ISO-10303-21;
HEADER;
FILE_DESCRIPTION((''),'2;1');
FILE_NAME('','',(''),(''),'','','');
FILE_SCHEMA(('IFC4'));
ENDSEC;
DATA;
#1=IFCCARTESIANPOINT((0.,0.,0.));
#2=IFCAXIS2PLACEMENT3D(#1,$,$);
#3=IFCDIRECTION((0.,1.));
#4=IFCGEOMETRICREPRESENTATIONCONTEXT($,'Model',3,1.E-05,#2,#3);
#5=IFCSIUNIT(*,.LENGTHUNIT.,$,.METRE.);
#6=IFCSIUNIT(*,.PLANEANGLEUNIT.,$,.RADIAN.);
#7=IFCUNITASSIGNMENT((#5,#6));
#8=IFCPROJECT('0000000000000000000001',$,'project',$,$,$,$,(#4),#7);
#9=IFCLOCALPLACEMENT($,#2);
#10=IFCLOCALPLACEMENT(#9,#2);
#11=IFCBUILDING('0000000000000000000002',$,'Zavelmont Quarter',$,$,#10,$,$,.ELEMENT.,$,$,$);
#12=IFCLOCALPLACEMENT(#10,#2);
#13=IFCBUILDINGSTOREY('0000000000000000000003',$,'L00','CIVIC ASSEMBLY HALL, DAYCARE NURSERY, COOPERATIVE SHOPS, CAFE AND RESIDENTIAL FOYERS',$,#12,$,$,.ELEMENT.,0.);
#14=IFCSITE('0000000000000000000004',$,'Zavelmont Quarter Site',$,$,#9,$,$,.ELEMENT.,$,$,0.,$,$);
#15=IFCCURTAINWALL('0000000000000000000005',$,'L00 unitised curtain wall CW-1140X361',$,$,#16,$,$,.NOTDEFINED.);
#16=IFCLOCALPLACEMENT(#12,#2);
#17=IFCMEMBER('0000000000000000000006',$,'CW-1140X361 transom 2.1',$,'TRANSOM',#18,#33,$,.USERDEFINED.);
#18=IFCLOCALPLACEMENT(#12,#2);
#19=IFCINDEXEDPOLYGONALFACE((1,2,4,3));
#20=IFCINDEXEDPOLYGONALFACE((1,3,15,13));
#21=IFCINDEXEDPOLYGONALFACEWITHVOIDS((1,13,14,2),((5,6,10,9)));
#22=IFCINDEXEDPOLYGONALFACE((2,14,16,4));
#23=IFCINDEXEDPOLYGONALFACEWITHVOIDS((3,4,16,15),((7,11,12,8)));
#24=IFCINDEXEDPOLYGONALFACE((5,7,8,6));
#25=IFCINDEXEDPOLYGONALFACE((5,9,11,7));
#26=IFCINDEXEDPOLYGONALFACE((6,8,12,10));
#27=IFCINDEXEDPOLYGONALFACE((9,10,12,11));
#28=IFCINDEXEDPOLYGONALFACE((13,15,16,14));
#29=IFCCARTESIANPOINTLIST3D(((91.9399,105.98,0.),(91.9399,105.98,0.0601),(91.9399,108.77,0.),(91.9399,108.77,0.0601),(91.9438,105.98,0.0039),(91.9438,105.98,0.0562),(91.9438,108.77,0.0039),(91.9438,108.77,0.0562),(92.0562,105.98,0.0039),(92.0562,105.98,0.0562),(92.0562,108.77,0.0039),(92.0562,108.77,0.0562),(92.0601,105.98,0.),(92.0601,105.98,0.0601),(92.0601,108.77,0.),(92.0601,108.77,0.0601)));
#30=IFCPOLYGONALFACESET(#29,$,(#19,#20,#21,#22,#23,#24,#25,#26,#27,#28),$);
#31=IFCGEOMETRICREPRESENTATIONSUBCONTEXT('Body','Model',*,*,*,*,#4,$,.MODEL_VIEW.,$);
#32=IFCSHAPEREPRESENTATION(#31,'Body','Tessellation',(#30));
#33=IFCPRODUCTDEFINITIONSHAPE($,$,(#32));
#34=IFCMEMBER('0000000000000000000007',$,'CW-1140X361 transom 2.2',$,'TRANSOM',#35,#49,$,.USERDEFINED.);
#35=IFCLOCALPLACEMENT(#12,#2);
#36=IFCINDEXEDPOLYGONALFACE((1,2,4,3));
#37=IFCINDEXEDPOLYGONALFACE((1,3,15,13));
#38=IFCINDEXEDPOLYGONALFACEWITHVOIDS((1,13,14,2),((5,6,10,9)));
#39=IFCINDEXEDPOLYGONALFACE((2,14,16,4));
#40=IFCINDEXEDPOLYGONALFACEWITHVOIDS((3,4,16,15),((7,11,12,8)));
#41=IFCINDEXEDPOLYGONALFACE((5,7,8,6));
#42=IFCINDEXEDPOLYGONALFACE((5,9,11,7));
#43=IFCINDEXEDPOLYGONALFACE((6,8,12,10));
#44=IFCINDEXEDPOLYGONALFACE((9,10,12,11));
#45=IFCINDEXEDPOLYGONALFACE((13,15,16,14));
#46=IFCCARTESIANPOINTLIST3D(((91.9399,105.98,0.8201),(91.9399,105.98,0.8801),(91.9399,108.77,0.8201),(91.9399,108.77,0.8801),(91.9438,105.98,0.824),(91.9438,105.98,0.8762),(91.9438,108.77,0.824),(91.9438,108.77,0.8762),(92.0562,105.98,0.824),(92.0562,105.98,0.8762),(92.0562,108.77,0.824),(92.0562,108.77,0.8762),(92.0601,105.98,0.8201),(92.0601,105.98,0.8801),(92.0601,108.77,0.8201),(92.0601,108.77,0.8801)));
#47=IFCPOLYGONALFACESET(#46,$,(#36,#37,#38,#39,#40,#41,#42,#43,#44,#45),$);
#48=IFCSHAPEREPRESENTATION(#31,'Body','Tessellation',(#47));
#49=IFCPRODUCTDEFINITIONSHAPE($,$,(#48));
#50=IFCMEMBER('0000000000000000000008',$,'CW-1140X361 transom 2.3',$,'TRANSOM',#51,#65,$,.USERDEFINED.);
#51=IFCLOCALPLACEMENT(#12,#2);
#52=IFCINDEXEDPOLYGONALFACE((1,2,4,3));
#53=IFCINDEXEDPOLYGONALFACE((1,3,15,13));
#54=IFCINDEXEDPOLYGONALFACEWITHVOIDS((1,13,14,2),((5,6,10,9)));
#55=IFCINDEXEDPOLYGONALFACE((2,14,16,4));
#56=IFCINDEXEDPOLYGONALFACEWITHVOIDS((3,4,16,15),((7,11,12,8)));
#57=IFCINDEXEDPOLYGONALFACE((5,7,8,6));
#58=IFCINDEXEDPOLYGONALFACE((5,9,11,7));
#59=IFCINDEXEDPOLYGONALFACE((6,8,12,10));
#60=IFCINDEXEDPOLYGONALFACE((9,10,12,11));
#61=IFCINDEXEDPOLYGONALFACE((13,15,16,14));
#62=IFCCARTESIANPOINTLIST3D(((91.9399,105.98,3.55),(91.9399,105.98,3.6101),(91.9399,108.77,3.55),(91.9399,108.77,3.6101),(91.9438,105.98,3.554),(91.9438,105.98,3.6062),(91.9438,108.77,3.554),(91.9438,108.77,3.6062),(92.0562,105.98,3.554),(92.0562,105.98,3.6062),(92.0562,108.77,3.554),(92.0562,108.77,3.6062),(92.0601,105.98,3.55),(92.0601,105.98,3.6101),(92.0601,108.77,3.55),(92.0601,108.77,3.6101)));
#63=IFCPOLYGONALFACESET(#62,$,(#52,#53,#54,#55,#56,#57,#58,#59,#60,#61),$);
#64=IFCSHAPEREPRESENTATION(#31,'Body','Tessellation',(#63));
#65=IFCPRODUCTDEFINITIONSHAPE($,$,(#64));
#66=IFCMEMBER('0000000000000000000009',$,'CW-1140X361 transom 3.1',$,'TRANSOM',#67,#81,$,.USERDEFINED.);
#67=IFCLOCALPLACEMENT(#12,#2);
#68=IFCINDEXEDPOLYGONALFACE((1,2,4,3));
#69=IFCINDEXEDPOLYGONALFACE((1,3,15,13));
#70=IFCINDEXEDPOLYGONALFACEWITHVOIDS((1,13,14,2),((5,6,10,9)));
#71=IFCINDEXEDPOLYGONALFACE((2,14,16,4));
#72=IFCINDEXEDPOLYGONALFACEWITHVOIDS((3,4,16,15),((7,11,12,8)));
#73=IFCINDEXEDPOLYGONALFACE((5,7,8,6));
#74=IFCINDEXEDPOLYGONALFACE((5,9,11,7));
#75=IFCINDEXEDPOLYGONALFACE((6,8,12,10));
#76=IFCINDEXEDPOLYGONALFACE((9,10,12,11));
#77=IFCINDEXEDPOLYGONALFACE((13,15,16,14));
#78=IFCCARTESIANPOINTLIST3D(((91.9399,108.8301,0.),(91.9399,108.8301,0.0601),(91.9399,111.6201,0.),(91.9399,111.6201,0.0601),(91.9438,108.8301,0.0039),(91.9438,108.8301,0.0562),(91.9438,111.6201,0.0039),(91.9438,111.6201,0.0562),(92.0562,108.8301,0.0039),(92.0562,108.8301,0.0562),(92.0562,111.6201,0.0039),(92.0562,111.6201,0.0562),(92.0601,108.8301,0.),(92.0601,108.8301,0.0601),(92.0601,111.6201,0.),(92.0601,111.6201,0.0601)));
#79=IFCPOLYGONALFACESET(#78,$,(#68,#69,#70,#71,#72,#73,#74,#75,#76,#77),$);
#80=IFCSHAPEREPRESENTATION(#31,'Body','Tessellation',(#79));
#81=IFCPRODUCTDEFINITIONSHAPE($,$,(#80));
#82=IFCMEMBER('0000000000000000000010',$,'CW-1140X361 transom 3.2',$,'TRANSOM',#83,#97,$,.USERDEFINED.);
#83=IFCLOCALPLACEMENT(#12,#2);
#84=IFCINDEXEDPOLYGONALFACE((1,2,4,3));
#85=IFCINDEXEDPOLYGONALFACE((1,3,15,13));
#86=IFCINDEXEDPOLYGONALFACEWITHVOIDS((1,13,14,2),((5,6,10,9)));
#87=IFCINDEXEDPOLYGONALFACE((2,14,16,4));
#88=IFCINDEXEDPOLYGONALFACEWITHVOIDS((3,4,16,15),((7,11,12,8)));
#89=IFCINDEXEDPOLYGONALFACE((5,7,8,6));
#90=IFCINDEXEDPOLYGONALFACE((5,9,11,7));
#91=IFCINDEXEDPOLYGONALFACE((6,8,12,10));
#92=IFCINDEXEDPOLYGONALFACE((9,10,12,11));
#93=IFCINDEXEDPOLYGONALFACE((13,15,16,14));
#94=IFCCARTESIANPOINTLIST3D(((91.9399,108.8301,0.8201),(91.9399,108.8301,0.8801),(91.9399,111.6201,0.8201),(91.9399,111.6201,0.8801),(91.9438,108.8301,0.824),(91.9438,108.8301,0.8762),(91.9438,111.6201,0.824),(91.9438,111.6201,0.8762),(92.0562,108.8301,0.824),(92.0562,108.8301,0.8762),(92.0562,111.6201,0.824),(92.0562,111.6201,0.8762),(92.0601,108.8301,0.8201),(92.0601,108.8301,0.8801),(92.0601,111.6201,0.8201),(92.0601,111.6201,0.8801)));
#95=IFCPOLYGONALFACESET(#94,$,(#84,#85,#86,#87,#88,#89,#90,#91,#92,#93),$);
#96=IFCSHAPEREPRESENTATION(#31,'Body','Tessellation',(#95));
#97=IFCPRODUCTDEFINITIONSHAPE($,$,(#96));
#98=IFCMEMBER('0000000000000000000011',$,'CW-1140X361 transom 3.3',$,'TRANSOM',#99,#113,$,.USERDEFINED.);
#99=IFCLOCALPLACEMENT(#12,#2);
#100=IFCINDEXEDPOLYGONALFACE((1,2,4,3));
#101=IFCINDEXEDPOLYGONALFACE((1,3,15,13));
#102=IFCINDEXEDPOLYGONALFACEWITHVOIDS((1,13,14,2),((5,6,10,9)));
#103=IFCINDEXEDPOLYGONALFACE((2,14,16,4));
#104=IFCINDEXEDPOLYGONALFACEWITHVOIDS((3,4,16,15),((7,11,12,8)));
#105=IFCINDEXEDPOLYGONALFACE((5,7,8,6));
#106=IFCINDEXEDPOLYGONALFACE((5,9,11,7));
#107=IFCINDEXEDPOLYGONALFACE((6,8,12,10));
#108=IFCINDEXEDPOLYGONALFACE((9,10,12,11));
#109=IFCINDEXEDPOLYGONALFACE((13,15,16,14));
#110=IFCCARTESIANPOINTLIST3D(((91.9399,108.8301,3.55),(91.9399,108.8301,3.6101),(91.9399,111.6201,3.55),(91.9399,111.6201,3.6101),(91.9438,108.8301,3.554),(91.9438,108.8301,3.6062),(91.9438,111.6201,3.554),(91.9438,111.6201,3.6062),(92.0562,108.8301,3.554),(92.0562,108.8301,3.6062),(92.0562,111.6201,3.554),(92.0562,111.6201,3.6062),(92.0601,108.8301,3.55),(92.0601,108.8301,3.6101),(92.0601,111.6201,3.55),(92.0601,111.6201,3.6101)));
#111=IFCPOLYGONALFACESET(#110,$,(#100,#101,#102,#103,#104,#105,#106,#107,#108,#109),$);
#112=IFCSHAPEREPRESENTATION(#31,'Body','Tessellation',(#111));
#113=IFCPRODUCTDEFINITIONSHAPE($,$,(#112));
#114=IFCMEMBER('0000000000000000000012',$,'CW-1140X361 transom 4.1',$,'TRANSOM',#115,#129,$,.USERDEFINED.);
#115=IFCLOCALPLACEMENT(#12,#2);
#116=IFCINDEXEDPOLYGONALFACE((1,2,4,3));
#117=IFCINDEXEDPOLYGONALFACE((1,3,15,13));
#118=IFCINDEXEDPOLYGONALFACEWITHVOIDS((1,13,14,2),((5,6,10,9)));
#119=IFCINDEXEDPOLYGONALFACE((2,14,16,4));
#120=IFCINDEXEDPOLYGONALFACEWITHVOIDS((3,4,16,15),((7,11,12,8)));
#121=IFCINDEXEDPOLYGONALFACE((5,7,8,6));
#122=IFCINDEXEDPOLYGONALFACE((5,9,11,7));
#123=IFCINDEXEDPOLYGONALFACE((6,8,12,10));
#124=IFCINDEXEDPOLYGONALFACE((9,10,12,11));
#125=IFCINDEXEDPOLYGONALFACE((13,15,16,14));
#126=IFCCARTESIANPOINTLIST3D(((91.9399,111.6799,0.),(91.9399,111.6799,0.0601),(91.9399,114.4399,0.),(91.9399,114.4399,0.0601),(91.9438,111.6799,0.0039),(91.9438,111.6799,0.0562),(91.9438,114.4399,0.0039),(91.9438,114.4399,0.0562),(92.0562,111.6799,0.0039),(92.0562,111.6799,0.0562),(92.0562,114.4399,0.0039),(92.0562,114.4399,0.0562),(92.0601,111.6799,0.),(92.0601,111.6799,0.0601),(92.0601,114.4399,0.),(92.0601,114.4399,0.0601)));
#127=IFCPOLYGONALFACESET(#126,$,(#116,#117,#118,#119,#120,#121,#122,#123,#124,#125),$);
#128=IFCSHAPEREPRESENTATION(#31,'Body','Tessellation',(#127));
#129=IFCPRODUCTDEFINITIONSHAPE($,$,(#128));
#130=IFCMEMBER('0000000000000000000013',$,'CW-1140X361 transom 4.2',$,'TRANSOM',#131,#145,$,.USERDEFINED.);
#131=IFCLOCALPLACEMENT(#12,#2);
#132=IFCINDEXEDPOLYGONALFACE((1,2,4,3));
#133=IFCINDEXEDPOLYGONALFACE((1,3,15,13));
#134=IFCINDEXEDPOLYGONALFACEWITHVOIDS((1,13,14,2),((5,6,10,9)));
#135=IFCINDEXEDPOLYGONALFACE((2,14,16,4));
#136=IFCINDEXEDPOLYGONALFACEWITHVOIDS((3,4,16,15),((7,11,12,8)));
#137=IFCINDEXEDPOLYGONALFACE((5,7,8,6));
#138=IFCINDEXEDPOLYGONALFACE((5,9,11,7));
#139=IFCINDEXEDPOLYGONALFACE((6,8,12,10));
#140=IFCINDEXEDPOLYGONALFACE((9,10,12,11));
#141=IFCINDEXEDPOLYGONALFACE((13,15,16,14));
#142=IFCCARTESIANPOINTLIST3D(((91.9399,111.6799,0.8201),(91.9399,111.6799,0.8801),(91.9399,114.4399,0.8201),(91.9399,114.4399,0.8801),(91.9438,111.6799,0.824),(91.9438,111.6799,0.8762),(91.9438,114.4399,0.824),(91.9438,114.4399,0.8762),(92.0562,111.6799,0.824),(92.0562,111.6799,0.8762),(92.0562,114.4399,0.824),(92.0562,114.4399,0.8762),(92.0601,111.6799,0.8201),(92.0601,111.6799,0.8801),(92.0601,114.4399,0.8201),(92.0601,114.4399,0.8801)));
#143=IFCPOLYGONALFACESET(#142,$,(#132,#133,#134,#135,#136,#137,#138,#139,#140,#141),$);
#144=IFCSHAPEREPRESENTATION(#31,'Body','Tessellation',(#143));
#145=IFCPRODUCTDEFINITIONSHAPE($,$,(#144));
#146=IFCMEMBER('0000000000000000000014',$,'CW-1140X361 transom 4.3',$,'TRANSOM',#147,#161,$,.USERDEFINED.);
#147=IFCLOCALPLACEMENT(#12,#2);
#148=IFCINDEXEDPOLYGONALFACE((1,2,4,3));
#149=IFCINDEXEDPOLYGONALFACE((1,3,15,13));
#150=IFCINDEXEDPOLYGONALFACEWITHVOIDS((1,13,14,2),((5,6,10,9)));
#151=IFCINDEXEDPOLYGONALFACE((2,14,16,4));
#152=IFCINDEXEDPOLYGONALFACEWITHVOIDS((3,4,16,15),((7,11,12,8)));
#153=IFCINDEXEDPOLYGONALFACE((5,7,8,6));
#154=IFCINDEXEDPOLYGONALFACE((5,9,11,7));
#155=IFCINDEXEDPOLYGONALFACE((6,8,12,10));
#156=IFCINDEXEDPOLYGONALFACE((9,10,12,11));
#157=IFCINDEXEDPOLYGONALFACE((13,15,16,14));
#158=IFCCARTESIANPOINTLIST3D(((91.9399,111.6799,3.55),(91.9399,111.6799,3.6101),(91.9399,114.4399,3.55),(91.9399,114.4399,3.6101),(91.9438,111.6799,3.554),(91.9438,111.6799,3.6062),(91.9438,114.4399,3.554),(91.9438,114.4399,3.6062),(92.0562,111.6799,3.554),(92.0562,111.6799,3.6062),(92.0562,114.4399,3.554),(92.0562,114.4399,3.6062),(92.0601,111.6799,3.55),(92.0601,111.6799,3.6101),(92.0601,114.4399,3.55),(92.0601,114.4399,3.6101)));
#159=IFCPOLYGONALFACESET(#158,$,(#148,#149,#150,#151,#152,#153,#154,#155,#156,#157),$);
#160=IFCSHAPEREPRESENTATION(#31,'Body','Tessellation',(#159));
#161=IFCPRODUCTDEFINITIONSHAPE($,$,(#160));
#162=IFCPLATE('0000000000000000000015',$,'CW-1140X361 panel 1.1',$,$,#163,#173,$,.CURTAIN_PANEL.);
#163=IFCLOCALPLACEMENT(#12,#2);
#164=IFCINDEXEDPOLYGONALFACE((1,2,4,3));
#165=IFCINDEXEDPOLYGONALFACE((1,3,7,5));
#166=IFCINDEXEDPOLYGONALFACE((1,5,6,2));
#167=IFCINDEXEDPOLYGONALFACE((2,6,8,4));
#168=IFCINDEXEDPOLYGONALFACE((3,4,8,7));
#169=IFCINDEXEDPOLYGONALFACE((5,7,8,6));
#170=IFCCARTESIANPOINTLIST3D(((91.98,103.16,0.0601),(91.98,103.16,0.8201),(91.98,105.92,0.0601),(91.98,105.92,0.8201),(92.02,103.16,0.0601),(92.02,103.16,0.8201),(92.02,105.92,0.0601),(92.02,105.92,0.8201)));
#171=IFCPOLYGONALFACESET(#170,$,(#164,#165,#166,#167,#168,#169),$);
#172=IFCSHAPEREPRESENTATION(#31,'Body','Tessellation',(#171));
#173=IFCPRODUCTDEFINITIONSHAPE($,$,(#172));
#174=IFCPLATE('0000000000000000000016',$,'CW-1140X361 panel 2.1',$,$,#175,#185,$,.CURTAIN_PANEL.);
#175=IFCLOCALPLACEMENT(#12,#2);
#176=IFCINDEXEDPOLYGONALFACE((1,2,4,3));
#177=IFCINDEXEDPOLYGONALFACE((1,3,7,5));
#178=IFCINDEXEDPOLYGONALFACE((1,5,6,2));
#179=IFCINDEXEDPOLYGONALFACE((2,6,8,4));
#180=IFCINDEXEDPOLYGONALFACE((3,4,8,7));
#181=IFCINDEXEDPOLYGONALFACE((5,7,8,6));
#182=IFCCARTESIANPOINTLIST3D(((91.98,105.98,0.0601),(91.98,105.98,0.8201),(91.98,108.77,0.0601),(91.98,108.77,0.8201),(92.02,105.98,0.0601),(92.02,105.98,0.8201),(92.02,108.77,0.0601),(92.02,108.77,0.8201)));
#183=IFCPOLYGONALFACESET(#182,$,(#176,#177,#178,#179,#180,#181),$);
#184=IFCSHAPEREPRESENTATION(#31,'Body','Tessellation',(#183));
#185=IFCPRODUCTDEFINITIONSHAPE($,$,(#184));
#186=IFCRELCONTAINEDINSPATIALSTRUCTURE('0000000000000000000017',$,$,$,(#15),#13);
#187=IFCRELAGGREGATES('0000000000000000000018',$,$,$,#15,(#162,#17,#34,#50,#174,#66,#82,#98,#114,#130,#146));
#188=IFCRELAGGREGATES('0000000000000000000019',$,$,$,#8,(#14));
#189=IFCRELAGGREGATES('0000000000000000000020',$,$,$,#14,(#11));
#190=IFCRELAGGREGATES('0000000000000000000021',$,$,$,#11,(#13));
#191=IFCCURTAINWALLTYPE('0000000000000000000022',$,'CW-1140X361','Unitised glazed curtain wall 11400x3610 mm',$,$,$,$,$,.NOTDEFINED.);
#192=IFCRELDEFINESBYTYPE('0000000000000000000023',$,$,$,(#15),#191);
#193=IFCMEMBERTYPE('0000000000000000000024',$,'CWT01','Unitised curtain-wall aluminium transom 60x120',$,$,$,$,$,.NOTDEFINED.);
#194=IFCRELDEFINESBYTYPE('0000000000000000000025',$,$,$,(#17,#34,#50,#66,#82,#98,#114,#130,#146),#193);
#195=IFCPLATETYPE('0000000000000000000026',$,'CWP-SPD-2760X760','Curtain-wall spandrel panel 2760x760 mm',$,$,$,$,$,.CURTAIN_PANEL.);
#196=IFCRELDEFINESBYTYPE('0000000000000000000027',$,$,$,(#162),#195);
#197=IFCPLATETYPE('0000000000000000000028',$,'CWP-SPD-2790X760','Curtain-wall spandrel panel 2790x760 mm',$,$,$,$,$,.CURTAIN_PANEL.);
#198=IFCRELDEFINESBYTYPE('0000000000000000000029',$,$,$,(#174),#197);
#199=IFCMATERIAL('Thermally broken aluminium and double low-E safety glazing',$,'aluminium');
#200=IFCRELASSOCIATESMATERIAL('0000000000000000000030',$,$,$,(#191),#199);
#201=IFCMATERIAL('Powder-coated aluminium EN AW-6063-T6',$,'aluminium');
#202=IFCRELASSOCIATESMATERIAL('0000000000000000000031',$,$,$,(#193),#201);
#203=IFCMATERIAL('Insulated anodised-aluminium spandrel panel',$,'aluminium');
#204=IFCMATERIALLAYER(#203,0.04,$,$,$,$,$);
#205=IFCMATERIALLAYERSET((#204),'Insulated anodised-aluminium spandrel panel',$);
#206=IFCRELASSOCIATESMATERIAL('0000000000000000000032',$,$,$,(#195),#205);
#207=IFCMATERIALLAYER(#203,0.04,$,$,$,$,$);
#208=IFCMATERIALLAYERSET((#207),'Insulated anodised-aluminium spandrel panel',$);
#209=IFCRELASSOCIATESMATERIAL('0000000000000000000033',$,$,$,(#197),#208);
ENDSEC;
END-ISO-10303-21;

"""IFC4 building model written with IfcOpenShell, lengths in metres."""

from ifc_helpers import new_model, si_unit, direction, frame, origin, origin_2d, place, context, subcontext, project, spatial, rectangle, hollow_rectangle, extrude, material, layer, layer_set, material_profile, profile_set, type_object, element, aggregate, save


model = new_model("IFC4")

# Units and contexts
model_context = context("Model", 3, precision=1e-05, world=origin(), true_north=direction((0.0, 1.0)))
body_context = subcontext(model_context, "Body", "Model", "MODEL_VIEW")
ifc_project = project(units=[si_unit("LENGTHUNIT", "METRE"), si_unit("PLANEANGLEUNIT", "RADIAN")], contexts=[model_context])

# Site, building, storey
site_placement = place(None, origin())
site = spatial("IfcSite", under=ifc_project, at=site_placement, Name="Zavelmont Quarter Site", CompositionType="ELEMENT", RefElevation=0.0)
building_placement = place(site_placement, origin())
building = spatial("IfcBuilding", under=site, at=building_placement, Name="Zavelmont Quarter", CompositionType="ELEMENT")
storey_placement = place(building_placement, origin())
storey = spatial("IfcBuildingStorey", under=building, at=storey_placement, Name="L00", Description="CIVIC ASSEMBLY HALL, DAYCARE NURSERY, COOPERATIVE SHOPS, CAFE AND RESIDENTIAL FOYERS", CompositionType="ELEMENT", Elevation=0.0)

# Shared definitions
ifc_material_1 = material(Name="Thermally broken aluminium and double low-E safety glazing", Category="aluminium")
ifc_material_2 = material(Name="Powder-coated aluminium EN AW-6063-T6", Category="aluminium")

# Curtain wall
curtain_wall_type_1 = type_object("IfcCurtainWallType", Name="CW-1140X361", Description="Unitised glazed curtain wall 11400x3610 mm", PredefinedType="NOTDEFINED", material=ifc_material_1)
curtain_wall_1_placement = place(storey_placement, origin())
curtain_wall_1 = element("IfcCurtainWall", 1, at=curtain_wall_1_placement, inside=storey, type_object=curtain_wall_type_1, Name="L00 unitised curtain wall CW-1140X361", PredefinedType="NOTDEFINED")

# Members
ifc_material_profile_1 = material_profile(ifc_material_2, hollow_rectangle(XDim=0.1201, YDim=0.0601, WallThickness=0.0039, at=origin_2d()), Name="CWT60X120")
ifc_profile_set_1 = profile_set([ifc_material_profile_1], Name="Powder-coated aluminium EN AW-6063-T6")
member_type_1 = type_object("IfcMemberType", Name="CWT01", Description="Unitised curtain-wall aluminium transom 60x120", PredefinedType="NOTDEFINED", material=ifc_profile_set_1)
member_1_placement = place(storey_placement, frame((92.0, 105.98, 0.03), z_axis=(0.0, 1.0, 0.0), x_axis=(-1.0, 0.0, 0.0)))
member_1 = element("IfcMember", 2, at=member_1_placement, type_object=member_type_1, Name="CW-1140X361 transom 2.1", ObjectType="TRANSOM", PredefinedType="USERDEFINED", context=body_context, shape_type="SweptSolid", body=[
    extrude(hollow_rectangle(XDim=0.1201, YDim=0.0601, WallThickness=0.0039, at=origin_2d()), origin(), (0.0, 0.0, 1.0), 2.79),
])
member_2_placement = place(storey_placement, frame((92.0, 105.98, 0.8501), z_axis=(0.0, 1.0, 0.0), x_axis=(-1.0, 0.0, 0.0)))
member_2 = element("IfcMember", 3, at=member_2_placement, type_object=member_type_1, Name="CW-1140X361 transom 2.2", ObjectType="TRANSOM", PredefinedType="USERDEFINED", context=body_context, shape_type="SweptSolid", body=[
    extrude(hollow_rectangle(XDim=0.1201, YDim=0.0601, WallThickness=0.0039, at=origin_2d()), origin(), (0.0, 0.0, 1.0), 2.79),
])
member_3_placement = place(storey_placement, frame((92.0, 105.98, 3.5801), z_axis=(0.0, 1.0, 0.0), x_axis=(-1.0, 0.0, 0.0)))
member_3 = element("IfcMember", 4, at=member_3_placement, type_object=member_type_1, Name="CW-1140X361 transom 2.3", ObjectType="TRANSOM", PredefinedType="USERDEFINED", context=body_context, shape_type="SweptSolid", body=[
    extrude(hollow_rectangle(XDim=0.1201, YDim=0.0601, WallThickness=0.0039, at=origin_2d()), origin(), (0.0, 0.0, 1.0), 2.79),
])
member_4_placement = place(storey_placement, frame((92.0, 108.8301, 0.03), z_axis=(0.0, 1.0, 0.0), x_axis=(-1.0, 0.0, 0.0)))
member_4 = element("IfcMember", 5, at=member_4_placement, type_object=member_type_1, Name="CW-1140X361 transom 3.1", ObjectType="TRANSOM", PredefinedType="USERDEFINED", context=body_context, shape_type="SweptSolid", body=[
    extrude(hollow_rectangle(XDim=0.1201, YDim=0.0601, WallThickness=0.0039, at=origin_2d()), origin(), (0.0, 0.0, 1.0), 2.79),
])
member_5_placement = place(storey_placement, frame((92.0, 108.8301, 0.8501), z_axis=(0.0, 1.0, 0.0), x_axis=(-1.0, 0.0, 0.0)))
member_5 = element("IfcMember", 6, at=member_5_placement, type_object=member_type_1, Name="CW-1140X361 transom 3.2", ObjectType="TRANSOM", PredefinedType="USERDEFINED", context=body_context, shape_type="SweptSolid", body=[
    extrude(hollow_rectangle(XDim=0.1201, YDim=0.0601, WallThickness=0.0039, at=origin_2d()), origin(), (0.0, 0.0, 1.0), 2.79),
])
member_6_placement = place(storey_placement, frame((92.0, 108.8301, 3.5801), z_axis=(0.0, 1.0, 0.0), x_axis=(-1.0, 0.0, 0.0)))
member_6 = element("IfcMember", 7, at=member_6_placement, type_object=member_type_1, Name="CW-1140X361 transom 3.3", ObjectType="TRANSOM", PredefinedType="USERDEFINED", context=body_context, shape_type="SweptSolid", body=[
    extrude(hollow_rectangle(XDim=0.1201, YDim=0.0601, WallThickness=0.0039, at=origin_2d()), origin(), (0.0, 0.0, 1.0), 2.79),
])
member_7_placement = place(storey_placement, frame((92.0, 111.6799, 0.03), z_axis=(0.0, 1.0, 0.0), x_axis=(-1.0, 0.0, 0.0)))
member_7 = element("IfcMember", 8, at=member_7_placement, type_object=member_type_1, Name="CW-1140X361 transom 4.1", ObjectType="TRANSOM", PredefinedType="USERDEFINED", context=body_context, shape_type="SweptSolid", body=[
    extrude(hollow_rectangle(XDim=0.1201, YDim=0.0601, WallThickness=0.0039, at=origin_2d()), origin(), (0.0, 0.0, 1.0), 2.76),
])
member_8_placement = place(storey_placement, frame((92.0, 111.6799, 0.8501), z_axis=(0.0, 1.0, 0.0), x_axis=(-1.0, 0.0, 0.0)))
member_8 = element("IfcMember", 9, at=member_8_placement, type_object=member_type_1, Name="CW-1140X361 transom 4.2", ObjectType="TRANSOM", PredefinedType="USERDEFINED", context=body_context, shape_type="SweptSolid", body=[
    extrude(hollow_rectangle(XDim=0.1201, YDim=0.0601, WallThickness=0.0039, at=origin_2d()), origin(), (0.0, 0.0, 1.0), 2.76),
])
member_9_placement = place(storey_placement, frame((92.0, 111.6799, 3.5801), z_axis=(0.0, 1.0, 0.0), x_axis=(-1.0, 0.0, 0.0)))
member_9 = element("IfcMember", 10, at=member_9_placement, type_object=member_type_1, Name="CW-1140X361 transom 4.3", ObjectType="TRANSOM", PredefinedType="USERDEFINED", context=body_context, shape_type="SweptSolid", body=[
    extrude(hollow_rectangle(XDim=0.1201, YDim=0.0601, WallThickness=0.0039, at=origin_2d()), origin(), (0.0, 0.0, 1.0), 2.76),
])

# Plates
ifc_material_3 = material(Name="Insulated anodised-aluminium spandrel panel", Category="aluminium")
ifc_layer_1 = layer(ifc_material_3, 0.04)
ifc_layer_set_1 = layer_set([ifc_layer_1], Name="Insulated anodised-aluminium spandrel panel")
plate_type_1 = type_object("IfcPlateType", Name="CWP-SPD-2760X760", Description="Curtain-wall spandrel panel 2760x760 mm", PredefinedType="CURTAIN_PANEL", material=ifc_layer_set_1)
plate_1_placement = place(storey_placement, frame((92.0, 104.54, 0.0601), z_axis=(0.0, 0.0, 1.0), x_axis=(0.0, 1.0, 0.0)))
plate_1 = element("IfcPlate", 11, at=plate_1_placement, type_object=plate_type_1, Name="CW-1140X361 panel 1.1", PredefinedType="CURTAIN_PANEL", context=body_context, shape_type="SweptSolid", body=[
    extrude(rectangle(XDim=2.76, YDim=0.04, at=origin_2d()), origin(), (0.0, 0.0, 1.0), 0.76),
])
ifc_layer_2 = layer(ifc_material_3, 0.04)
ifc_layer_set_2 = layer_set([ifc_layer_2], Name="Insulated anodised-aluminium spandrel panel")
plate_type_2 = type_object("IfcPlateType", Name="CWP-SPD-2790X760", Description="Curtain-wall spandrel panel 2790x760 mm", PredefinedType="CURTAIN_PANEL", material=ifc_layer_set_2)
plate_2_placement = place(storey_placement, frame((92.0, 107.375, 0.0601), z_axis=(0.0, 0.0, 1.0), x_axis=(0.0, 1.0, 0.0)))
plate_2 = element("IfcPlate", 12, at=plate_2_placement, type_object=plate_type_2, Name="CW-1140X361 panel 2.1", PredefinedType="CURTAIN_PANEL", context=body_context, shape_type="SweptSolid", body=[
    extrude(rectangle(XDim=2.79, YDim=0.04, at=origin_2d()), origin(), (0.0, 0.0, 1.0), 0.76),
])
aggregate(curtain_wall_1, [plate_1, member_1, member_2, member_3, plate_2, member_4, member_5, member_6, member_7, member_8, member_9])

save(model, "model.ifc")
